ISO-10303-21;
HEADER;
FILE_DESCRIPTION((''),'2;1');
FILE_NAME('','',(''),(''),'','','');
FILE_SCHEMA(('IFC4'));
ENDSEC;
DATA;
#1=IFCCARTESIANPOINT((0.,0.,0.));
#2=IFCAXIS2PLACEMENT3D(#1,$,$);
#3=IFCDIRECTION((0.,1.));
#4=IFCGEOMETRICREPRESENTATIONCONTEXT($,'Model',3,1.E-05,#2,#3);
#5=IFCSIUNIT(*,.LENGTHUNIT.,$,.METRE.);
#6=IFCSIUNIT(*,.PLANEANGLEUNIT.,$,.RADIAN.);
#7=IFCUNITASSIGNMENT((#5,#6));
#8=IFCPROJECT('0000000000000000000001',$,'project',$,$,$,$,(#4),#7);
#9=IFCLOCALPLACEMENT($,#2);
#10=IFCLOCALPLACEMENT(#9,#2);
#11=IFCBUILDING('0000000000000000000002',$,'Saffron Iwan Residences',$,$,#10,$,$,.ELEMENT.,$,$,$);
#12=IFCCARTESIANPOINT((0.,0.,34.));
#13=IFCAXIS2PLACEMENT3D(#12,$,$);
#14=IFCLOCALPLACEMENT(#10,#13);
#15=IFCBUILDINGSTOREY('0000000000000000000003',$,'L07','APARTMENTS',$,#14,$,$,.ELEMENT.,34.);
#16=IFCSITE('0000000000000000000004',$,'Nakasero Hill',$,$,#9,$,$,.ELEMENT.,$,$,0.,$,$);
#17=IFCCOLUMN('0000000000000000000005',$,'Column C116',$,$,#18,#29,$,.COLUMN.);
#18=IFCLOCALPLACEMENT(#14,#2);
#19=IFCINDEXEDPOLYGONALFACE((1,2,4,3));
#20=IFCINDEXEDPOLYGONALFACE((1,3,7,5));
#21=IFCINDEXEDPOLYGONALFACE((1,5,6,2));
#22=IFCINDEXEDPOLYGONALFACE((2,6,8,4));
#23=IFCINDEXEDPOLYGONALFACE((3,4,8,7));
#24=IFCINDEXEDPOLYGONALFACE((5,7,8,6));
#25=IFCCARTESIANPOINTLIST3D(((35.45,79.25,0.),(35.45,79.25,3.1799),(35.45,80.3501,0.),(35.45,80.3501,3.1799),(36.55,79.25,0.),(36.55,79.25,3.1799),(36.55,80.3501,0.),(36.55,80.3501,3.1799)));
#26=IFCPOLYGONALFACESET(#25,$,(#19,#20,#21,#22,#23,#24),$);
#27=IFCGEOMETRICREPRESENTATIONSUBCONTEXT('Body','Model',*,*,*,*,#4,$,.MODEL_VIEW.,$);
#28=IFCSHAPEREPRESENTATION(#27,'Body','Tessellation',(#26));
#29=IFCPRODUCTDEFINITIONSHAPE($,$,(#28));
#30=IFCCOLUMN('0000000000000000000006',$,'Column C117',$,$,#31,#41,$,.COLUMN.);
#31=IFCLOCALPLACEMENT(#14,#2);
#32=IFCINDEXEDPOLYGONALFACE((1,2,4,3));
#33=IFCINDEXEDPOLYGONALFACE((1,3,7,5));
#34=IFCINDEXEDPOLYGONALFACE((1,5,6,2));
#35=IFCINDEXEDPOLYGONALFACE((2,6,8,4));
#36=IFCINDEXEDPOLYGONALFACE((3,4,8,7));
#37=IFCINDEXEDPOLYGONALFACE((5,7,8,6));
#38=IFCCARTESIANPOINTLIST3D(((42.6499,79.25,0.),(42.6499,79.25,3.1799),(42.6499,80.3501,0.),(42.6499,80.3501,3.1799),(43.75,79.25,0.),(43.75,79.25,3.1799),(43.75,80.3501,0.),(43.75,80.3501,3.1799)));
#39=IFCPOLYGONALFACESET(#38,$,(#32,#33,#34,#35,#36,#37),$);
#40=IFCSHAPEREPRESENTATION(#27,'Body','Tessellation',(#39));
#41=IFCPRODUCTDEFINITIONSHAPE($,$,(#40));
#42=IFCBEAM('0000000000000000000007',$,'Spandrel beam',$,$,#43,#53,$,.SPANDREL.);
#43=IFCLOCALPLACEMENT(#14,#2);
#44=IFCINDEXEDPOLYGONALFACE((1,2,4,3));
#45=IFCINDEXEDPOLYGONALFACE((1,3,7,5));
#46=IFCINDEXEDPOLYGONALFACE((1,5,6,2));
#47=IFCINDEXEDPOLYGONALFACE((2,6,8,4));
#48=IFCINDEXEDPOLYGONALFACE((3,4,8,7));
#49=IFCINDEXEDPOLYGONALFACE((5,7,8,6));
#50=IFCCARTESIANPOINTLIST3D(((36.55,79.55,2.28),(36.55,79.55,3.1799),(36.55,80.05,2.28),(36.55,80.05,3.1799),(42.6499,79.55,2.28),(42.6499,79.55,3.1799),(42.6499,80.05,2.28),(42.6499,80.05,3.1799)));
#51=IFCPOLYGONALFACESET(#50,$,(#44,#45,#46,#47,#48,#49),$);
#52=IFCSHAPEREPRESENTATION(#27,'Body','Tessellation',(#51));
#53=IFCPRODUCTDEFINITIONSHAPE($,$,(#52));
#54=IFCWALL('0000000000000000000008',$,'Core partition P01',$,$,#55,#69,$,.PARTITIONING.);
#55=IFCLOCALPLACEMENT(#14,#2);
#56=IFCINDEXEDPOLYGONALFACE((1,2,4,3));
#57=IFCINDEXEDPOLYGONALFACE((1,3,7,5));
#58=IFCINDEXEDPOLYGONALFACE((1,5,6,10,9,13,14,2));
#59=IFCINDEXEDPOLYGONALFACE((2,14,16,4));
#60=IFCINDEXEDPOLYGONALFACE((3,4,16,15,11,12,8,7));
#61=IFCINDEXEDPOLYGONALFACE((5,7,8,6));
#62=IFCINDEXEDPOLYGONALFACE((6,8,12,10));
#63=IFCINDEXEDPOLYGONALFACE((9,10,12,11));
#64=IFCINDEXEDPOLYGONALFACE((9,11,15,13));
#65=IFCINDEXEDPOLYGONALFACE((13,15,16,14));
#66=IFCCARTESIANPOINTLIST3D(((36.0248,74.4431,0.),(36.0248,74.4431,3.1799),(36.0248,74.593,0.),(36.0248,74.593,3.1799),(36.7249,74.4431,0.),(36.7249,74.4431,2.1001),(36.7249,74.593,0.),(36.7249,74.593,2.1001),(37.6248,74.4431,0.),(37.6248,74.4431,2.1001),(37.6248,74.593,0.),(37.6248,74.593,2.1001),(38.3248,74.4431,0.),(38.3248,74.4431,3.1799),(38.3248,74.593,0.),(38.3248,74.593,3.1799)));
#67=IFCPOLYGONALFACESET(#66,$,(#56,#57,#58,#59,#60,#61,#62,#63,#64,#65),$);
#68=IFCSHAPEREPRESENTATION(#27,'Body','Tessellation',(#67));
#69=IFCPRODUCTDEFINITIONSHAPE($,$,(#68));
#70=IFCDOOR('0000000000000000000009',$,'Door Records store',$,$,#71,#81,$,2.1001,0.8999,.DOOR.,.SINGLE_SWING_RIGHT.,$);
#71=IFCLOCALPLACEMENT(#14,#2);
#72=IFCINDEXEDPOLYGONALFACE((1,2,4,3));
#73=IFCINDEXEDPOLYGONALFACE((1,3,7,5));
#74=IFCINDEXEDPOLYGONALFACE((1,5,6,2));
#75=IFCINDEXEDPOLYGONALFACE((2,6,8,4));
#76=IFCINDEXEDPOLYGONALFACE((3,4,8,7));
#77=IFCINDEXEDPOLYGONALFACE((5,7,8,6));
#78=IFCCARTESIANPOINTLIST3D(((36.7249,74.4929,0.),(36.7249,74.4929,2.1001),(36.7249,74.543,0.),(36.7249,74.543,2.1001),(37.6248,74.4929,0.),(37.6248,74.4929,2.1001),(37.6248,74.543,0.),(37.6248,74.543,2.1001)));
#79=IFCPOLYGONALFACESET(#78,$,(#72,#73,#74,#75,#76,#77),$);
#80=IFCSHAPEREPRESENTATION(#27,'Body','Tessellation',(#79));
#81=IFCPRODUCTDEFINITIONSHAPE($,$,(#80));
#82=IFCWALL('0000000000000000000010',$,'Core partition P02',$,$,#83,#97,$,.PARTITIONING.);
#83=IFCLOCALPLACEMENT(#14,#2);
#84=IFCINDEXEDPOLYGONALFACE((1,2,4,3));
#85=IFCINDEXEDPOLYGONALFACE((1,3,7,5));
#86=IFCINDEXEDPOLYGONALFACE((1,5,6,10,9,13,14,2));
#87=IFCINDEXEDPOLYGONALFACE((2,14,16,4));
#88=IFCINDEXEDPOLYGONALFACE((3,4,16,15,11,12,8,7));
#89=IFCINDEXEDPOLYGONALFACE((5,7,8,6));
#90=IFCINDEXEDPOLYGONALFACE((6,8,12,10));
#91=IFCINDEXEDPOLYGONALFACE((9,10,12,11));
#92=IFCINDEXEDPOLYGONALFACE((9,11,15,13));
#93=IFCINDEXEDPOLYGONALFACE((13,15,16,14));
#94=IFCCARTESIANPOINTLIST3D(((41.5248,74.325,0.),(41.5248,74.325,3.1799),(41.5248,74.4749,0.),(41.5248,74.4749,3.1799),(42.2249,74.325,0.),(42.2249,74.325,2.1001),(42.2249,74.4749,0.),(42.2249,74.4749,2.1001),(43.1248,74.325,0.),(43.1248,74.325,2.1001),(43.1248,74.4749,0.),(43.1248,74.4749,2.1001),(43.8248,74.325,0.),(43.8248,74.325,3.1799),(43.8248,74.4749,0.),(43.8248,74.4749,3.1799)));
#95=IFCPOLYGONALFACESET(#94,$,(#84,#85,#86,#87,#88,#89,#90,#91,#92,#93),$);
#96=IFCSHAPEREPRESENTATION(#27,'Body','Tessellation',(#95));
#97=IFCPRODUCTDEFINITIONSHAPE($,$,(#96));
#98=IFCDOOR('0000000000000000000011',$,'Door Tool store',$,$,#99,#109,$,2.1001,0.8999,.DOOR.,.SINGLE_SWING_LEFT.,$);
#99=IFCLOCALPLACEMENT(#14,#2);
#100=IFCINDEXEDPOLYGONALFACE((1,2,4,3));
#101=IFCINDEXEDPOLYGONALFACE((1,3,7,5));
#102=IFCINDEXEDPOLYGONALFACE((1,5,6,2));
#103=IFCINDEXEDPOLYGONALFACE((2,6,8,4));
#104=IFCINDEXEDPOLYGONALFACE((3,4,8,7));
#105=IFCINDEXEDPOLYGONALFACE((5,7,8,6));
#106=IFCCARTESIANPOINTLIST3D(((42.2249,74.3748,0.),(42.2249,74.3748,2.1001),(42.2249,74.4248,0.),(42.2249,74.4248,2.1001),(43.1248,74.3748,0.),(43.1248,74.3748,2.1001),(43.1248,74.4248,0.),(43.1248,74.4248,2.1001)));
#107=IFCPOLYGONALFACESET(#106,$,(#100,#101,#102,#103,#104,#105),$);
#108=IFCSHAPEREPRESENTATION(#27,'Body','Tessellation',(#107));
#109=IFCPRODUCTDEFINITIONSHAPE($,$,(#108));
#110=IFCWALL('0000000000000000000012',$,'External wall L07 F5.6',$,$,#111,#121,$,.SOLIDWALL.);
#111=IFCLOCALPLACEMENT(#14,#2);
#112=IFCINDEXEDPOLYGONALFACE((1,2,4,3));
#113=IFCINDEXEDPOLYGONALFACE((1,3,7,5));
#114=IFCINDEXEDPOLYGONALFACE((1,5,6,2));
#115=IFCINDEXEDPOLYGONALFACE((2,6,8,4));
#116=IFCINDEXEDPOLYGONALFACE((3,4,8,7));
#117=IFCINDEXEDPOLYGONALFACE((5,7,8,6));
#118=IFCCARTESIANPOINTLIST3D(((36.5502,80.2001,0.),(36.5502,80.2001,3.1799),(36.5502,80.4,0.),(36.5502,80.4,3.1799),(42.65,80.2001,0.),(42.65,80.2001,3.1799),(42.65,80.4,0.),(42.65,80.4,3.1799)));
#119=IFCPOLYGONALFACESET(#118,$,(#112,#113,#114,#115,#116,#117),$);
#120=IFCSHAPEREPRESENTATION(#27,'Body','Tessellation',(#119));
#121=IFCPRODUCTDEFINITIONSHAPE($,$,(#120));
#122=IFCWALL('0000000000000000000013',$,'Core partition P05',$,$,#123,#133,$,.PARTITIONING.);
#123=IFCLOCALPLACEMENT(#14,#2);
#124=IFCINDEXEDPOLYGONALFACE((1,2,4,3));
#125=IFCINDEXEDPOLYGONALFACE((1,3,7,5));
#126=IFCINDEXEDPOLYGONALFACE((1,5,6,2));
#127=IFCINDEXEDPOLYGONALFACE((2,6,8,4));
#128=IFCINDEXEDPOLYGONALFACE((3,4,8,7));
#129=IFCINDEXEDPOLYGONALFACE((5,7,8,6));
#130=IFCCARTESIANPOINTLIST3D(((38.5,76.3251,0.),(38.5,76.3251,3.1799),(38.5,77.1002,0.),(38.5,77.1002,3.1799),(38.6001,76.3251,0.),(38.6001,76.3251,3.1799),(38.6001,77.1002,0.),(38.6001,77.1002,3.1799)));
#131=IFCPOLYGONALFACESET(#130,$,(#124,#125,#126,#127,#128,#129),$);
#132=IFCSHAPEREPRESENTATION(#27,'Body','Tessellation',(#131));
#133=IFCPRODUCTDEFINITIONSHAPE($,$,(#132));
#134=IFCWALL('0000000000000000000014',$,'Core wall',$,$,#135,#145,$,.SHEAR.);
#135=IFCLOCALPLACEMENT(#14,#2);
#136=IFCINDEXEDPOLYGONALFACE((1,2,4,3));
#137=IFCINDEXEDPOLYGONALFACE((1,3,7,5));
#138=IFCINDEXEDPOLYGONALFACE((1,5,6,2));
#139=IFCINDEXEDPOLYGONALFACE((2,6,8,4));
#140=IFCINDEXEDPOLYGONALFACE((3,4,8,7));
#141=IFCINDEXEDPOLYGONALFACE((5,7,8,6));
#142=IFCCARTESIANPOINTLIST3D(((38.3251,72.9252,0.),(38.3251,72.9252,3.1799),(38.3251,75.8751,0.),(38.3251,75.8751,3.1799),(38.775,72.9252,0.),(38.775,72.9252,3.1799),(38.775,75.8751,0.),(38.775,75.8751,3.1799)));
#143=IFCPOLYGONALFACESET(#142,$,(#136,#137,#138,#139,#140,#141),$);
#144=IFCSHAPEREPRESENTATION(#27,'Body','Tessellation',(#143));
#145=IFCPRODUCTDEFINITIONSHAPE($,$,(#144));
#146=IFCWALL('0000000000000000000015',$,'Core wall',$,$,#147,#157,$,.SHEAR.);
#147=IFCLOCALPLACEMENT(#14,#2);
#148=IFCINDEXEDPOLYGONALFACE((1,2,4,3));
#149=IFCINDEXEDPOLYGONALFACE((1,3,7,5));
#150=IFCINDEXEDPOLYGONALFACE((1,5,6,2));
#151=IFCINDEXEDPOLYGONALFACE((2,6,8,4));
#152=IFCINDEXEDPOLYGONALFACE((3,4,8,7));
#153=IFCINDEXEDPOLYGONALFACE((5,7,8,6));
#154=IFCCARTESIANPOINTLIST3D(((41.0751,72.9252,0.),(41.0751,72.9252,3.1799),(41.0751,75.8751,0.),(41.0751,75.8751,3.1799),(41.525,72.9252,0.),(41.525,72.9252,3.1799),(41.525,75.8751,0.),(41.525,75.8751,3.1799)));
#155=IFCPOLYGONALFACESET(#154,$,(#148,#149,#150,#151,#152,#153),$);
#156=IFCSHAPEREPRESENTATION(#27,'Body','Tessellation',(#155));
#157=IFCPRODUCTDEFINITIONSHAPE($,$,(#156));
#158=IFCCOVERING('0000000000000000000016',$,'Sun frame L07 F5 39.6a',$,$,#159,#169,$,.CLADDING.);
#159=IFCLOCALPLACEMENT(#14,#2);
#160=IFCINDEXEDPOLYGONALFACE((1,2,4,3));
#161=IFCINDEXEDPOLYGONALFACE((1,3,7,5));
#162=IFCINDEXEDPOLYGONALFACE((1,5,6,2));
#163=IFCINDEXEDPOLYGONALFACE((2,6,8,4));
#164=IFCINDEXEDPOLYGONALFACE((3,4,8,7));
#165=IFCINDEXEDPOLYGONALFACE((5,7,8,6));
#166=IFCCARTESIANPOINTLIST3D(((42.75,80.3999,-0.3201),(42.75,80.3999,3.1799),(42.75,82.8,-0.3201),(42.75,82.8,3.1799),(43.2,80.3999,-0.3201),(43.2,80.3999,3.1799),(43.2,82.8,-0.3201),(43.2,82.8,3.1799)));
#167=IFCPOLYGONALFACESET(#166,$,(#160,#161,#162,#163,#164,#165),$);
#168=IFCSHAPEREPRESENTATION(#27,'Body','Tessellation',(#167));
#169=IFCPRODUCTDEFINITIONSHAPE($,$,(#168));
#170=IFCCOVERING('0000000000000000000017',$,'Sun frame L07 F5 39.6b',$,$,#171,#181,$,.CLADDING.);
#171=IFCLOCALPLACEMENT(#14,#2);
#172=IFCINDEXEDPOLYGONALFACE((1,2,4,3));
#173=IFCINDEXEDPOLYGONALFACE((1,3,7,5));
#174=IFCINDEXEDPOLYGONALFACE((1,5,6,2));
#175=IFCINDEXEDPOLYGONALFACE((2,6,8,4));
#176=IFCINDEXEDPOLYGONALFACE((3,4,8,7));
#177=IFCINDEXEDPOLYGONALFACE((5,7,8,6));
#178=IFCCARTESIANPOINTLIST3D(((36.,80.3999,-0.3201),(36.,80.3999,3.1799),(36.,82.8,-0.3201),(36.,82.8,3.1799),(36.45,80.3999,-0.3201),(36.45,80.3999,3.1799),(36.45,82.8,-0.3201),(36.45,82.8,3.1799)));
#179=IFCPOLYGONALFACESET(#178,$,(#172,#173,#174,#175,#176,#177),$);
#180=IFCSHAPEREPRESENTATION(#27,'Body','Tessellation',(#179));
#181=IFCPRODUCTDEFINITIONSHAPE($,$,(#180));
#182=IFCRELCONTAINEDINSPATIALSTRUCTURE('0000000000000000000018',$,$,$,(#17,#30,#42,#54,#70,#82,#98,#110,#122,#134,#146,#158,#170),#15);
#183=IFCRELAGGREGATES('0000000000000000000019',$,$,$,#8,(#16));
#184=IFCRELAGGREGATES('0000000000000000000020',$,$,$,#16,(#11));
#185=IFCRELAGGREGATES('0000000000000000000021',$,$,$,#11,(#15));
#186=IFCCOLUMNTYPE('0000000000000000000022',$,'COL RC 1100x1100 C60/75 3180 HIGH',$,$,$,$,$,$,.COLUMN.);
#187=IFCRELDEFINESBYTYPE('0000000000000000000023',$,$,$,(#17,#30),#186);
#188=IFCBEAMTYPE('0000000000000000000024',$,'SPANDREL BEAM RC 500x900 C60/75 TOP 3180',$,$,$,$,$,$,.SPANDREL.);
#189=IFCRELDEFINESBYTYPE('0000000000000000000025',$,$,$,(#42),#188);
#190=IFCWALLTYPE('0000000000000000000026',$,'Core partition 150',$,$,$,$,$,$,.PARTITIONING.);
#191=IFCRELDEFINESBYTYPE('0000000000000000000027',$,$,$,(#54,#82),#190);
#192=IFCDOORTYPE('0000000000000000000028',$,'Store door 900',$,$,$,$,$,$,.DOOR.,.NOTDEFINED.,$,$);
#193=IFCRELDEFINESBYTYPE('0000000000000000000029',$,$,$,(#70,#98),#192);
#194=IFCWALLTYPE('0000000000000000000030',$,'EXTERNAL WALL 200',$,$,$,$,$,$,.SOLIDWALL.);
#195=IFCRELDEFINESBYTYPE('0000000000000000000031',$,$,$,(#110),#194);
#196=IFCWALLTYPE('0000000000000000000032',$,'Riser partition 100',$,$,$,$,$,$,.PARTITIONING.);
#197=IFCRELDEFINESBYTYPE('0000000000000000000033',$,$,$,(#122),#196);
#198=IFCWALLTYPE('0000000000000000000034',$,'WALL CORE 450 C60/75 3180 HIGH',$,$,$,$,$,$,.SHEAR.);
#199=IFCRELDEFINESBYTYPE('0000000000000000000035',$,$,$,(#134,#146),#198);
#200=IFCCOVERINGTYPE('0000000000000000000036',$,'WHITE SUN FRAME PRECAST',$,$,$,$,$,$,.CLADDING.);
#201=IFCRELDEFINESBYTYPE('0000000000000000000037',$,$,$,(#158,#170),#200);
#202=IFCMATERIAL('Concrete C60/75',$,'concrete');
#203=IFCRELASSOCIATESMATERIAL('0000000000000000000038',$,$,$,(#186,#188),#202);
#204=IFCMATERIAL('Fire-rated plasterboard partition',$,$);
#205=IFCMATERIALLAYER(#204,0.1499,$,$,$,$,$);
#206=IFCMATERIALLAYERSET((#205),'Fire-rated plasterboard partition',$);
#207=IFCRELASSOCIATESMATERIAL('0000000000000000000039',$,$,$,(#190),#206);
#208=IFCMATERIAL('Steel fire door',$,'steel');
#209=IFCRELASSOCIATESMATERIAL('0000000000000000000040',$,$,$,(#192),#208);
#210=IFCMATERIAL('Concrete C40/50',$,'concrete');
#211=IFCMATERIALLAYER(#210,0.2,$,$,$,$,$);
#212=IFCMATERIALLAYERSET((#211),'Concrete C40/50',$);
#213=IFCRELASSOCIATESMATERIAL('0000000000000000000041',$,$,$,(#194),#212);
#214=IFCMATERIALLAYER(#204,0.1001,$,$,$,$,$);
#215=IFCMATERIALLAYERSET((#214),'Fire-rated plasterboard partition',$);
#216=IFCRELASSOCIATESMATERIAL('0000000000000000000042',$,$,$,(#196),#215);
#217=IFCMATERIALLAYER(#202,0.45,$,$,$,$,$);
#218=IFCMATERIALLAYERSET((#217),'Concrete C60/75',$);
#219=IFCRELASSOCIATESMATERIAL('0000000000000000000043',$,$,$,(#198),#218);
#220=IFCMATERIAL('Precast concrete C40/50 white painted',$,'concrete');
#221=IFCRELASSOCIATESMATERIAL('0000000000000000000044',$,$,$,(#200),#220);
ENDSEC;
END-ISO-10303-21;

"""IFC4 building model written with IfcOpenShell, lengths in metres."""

from ifc_helpers import new_model, si_unit, direction, frame, frame_2d, origin, origin_2d, place, context, subcontext, project, spatial, polyline, rectangle, outline, extrude, source, transform, mapped, material, layer, layer_set, material_profile, profile_set, type_object, element, fill, save


model = new_model("IFC4")

# Units and contexts
model_context = context("Model", 3, precision=1e-05, world=origin(), true_north=direction((0.0, 1.0)))
body_context = subcontext(model_context, "Body", "Model", "MODEL_VIEW")
ifc_project = project(units=[si_unit("LENGTHUNIT", "METRE"), si_unit("PLANEANGLEUNIT", "RADIAN")], contexts=[model_context])

# Site, building, storey
site_placement = place(None, origin())
site = spatial("IfcSite", under=ifc_project, at=site_placement, Name="Nakasero Hill", CompositionType="ELEMENT", RefElevation=0.0)
building_placement = place(site_placement, origin())
building = spatial("IfcBuilding", under=site, at=building_placement, Name="Saffron Iwan Residences", CompositionType="ELEMENT")
storey_placement = place(building_placement, frame((0.0, 0.0, 34.0)))
storey = spatial("IfcBuildingStorey", under=building, at=storey_placement, Name="L07", Description="APARTMENTS", CompositionType="ELEMENT", Elevation=34.0)

# Columns
ifc_material_1 = material(Name="Concrete C60/75", Category="concrete")
ifc_material_profile_1 = material_profile(ifc_material_1, rectangle(XDim=1.1001, YDim=1.1001, at=origin_2d()), Name="RC 1100x1100")
ifc_profile_set_1 = profile_set([ifc_material_profile_1], Name="Concrete C60/75")
column_type = type_object("IfcColumnType", Name="COL RC 1100x1100 C60/75 3180 HIGH", PredefinedType="COLUMN", material=ifc_profile_set_1)
shared_shape_1 = source(origin(), body_context, "Body", "SweptSolid", [
    extrude(rectangle(XDim=1.1001, YDim=1.1001, at=origin_2d()), origin(), (0.0, 0.0, 1.0), 3.1799),
])
for number, where, z_axis, x_axis, name in (
    (1, (36.0, 79.8, 0.0), (0.0, 0.0, 1.0), (1.0, 0.0, 0.0), "Column C116"),
    (2, (43.2, 79.8, 0.0), (0.0, 0.0, 1.0), (1.0, 0.0, 0.0), "Column C117"),
):
    element("IfcColumn", number, at=place(storey_placement, frame(where, z_axis=z_axis, x_axis=x_axis)), inside=storey, type_object=column_type, Name=name, PredefinedType="COLUMN", context=body_context, shape_type="MappedRepresentation", body=[
        mapped(shared_shape_1, transform((0.0, 0.0, 0.0))),
    ])

# Beam
ifc_material_profile_2 = material_profile(ifc_material_1, rectangle(XDim=0.5, YDim=0.8999, at=origin_2d()), Name="RC 500x900")
ifc_profile_set_2 = profile_set([ifc_material_profile_2], Name="Concrete C60/75")
beam_type = type_object("IfcBeamType", Name="SPANDREL BEAM RC 500x900 C60/75 TOP 3180", PredefinedType="SPANDREL", material=ifc_profile_set_2)
shared_shape_2 = source(origin(), body_context, "Body", "SweptSolid", [
    extrude(rectangle(XDim=0.5, YDim=0.8999, at=origin_2d()), origin(), (0.0, 0.0, 1.0), 6.0999),
])
beam_placement = place(storey_placement, frame((36.55, 79.8, 2.73), z_axis=(1.0, 0.0, 0.0), x_axis=(0.0, 1.0, 0.0)))
element("IfcBeam", 3, at=beam_placement, inside=storey, type_object=beam_type, Name="Spandrel beam", PredefinedType="SPANDREL", context=body_context, shape_type="MappedRepresentation", body=[
    mapped(shared_shape_2, transform((0.0, 0.0, 0.0))),
])

# Walls, openings, doors
ifc_material_2 = material(Name="Fire-rated plasterboard partition")
ifc_layer_1 = layer(ifc_material_2, 0.1499)
ifc_layer_set_1 = layer_set([ifc_layer_1], Name="Fire-rated plasterboard partition")
wall_type_1 = type_object("IfcWallType", Name="Core partition 150", PredefinedType="PARTITIONING", material=ifc_layer_set_1)
wall_1_placement = place(storey_placement, frame((36.0249, 74.5181, 0.0), z_axis=(0.0, 0.0, 1.0), x_axis=(1.0, 0.0, 0.0)))
wall_1 = element("IfcWall", 4, at=wall_1_placement, inside=storey, type_object=wall_type_1, Name="Core partition P01", PredefinedType="PARTITIONING", context=body_context, shape_type="SweptSolid", body=[
    extrude(rectangle(XDim=2.3, YDim=0.1499, at=frame_2d((1.1499, 0.0))), origin(), (0.0, 0.0, 1.0), 3.1799),
])
opening_1_placement = place(wall_1_placement, frame((0.7, 0.0, 0.0)))
opening_1 = element("IfcOpeningElement", 5, at=opening_1_placement, cuts=wall_1, PredefinedType="OPENING", context=body_context, shape_type="SweptSolid", body=[
    extrude(rectangle(XDim=0.8999, YDim=2.1001, at=frame_2d((0.45, 1.05))), frame((0.0, 0.085, 0.0), z_axis=(0.0, -1.0, 0.0), x_axis=(1.0, 0.0, 0.0)), (0.0, 0.0, 1.0), 0.1699),
])
ifc_material_3 = material(Name="Steel fire door", Category="steel")
door_type = type_object("IfcDoorType", Name="Store door 900", OperationType="NOTDEFINED", PredefinedType="DOOR", material=ifc_material_3)
door_1_placement = place(opening_1_placement, origin())
door_1 = element("IfcDoor", 6, at=door_1_placement, inside=storey, type_object=door_type, Name="Door Records store", OperationType="SINGLE_SWING_RIGHT", OverallHeight=2.1001, OverallWidth=0.8999, PredefinedType="DOOR", context=body_context, shape_type="SweptSolid", body=[
    extrude(rectangle(XDim=0.8999, YDim=2.1001, at=frame_2d((0.45, 1.05))), frame((0.0, 0.0249, 0.0), z_axis=(0.0, -1.0, 0.0), x_axis=(1.0, 0.0, 0.0)), (0.0, 0.0, 1.0), 0.05),
])
fill(opening_1, door_1)
wall_2_placement = place(storey_placement, frame((41.5249, 74.3999, 0.0), z_axis=(0.0, 0.0, 1.0), x_axis=(1.0, 0.0, 0.0)))
wall_2 = element("IfcWall", 7, at=wall_2_placement, inside=storey, type_object=wall_type_1, Name="Core partition P02", PredefinedType="PARTITIONING", context=body_context, shape_type="SweptSolid", body=[
    extrude(rectangle(XDim=2.3, YDim=0.1499, at=frame_2d((1.1499, 0.0))), origin(), (0.0, 0.0, 1.0), 3.1799),
])
opening_2_placement = place(wall_2_placement, frame((0.7, 0.0, 0.0)))
opening_2 = element("IfcOpeningElement", 8, at=opening_2_placement, cuts=wall_2, PredefinedType="OPENING", context=body_context, shape_type="SweptSolid", body=[
    extrude(rectangle(XDim=0.8999, YDim=2.1001, at=frame_2d((0.45, 1.05))), frame((0.0, 0.085, 0.0), z_axis=(0.0, -1.0, 0.0), x_axis=(1.0, 0.0, 0.0)), (0.0, 0.0, 1.0), 0.1699),
])
door_2_placement = place(opening_2_placement, origin())
door_2 = element("IfcDoor", 9, at=door_2_placement, inside=storey, type_object=door_type, Name="Door Tool store", OperationType="SINGLE_SWING_LEFT", OverallHeight=2.1001, OverallWidth=0.8999, PredefinedType="DOOR", context=body_context, shape_type="SweptSolid", body=[
    extrude(rectangle(XDim=0.8999, YDim=2.1001, at=frame_2d((0.45, 1.05))), frame((0.0, 0.0249, 0.0), z_axis=(0.0, -1.0, 0.0), x_axis=(1.0, 0.0, 0.0)), (0.0, 0.0, 1.0), 0.05),
])
fill(opening_2, door_2)

# Walls
ifc_material_4 = material(Name="Concrete C40/50", Category="concrete")
ifc_layer_2 = layer(ifc_material_4, 0.2)
ifc_layer_set_2 = layer_set([ifc_layer_2], Name="Concrete C40/50")
wall_type_2 = type_object("IfcWallType", Name="EXTERNAL WALL 200", PredefinedType="SOLIDWALL", material=ifc_layer_set_2)
wall_3_placement = place(storey_placement, frame((42.6499, 80.3, 0.0), z_axis=(0.0, 0.0, 1.0), x_axis=(-1.0, 0.0, 0.0)))
element("IfcWall", 10, at=wall_3_placement, inside=storey, type_object=wall_type_2, Name="External wall L07 F5.6", PredefinedType="SOLIDWALL", context=body_context, shape_type="SweptSolid", body=[
    extrude(rectangle(XDim=6.0999, YDim=0.2, at=frame_2d((3.0498, 0.0))), origin(), (0.0, 0.0, 1.0), 3.1799),
])
ifc_layer_3 = layer(ifc_material_2, 0.1001)
ifc_layer_set_3 = layer_set([ifc_layer_3], Name="Fire-rated plasterboard partition")
wall_type_3 = type_object("IfcWallType", Name="Riser partition 100", PredefinedType="PARTITIONING", material=ifc_layer_set_3)
wall_4_placement = place(storey_placement, frame((38.55, 76.325, 0.0), z_axis=(0.0, 0.0, 1.0), x_axis=(0.0, 1.0, 0.0)))
element("IfcWall", 11, at=wall_4_placement, inside=storey, type_object=wall_type_3, Name="Core partition P05", PredefinedType="PARTITIONING", context=body_context, shape_type="SweptSolid", body=[
    extrude(rectangle(XDim=0.7751, YDim=0.1001, at=frame_2d((0.3877, 0.0))), origin(), (0.0, 0.0, 1.0), 3.1799),
])
ifc_layer_4 = layer(ifc_material_1, 0.45)
ifc_layer_set_4 = layer_set([ifc_layer_4], Name="Concrete C60/75")
wall_type_4 = type_object("IfcWallType", Name="WALL CORE 450 C60/75 3180 HIGH", PredefinedType="SHEAR", material=ifc_layer_set_4)
for number, where, z_axis, x_axis, name in (
    (12, (38.55, 72.925, 0.0), (0.0, 0.0, 1.0), (0.0, 1.0, 0.0), "Core wall"),
    (13, (41.3, 72.925, 0.0), (0.0, 0.0, 1.0), (0.0, 1.0, 0.0), "Core wall"),
):
    element("IfcWall", number, at=place(storey_placement, frame(where, z_axis=z_axis, x_axis=x_axis)), inside=storey, type_object=wall_type_4, Name=name, PredefinedType="SHEAR", context=body_context, shape_type="SweptSolid", body=[
        extrude(rectangle(XDim=2.95, YDim=0.45, at=frame_2d((1.4751, 0.0))), origin(), (0.0, 0.0, 1.0), 3.1799),
    ])

# Coverings
ifc_material_5 = material(Name="Precast concrete C40/50 white painted", Category="concrete")
covering_type = type_object("IfcCoveringType", Name="WHITE SUN FRAME PRECAST", PredefinedType="CLADDING", material=ifc_material_5)
for number, where, z_axis, x_axis, name in (
    (14, (43.2, 80.3999, -0.3201), (0.0, 1.0, 0.0), (-1.0, 0.0, 0.0), "Sun frame L07 F5 39.6a"),
    (15, (36.45, 80.3999, -0.3201), (0.0, 1.0, 0.0), (-1.0, 0.0, 0.0), "Sun frame L07 F5 39.6b"),
):
    element("IfcCovering", number, at=place(storey_placement, frame(where, z_axis=z_axis, x_axis=x_axis)), inside=storey, type_object=covering_type, Name=name, PredefinedType="CLADDING", context=body_context, shape_type="SweptSolid", body=[
        extrude(outline(polyline([(0.0, 0.0), (0.45, 0.0), (0.45, 3.5), (0.0, 3.5), (0.0, 0.0)])), origin(), (0.0, 0.0, 1.0), 2.4001),
    ])

save(model, "model.ifc")
